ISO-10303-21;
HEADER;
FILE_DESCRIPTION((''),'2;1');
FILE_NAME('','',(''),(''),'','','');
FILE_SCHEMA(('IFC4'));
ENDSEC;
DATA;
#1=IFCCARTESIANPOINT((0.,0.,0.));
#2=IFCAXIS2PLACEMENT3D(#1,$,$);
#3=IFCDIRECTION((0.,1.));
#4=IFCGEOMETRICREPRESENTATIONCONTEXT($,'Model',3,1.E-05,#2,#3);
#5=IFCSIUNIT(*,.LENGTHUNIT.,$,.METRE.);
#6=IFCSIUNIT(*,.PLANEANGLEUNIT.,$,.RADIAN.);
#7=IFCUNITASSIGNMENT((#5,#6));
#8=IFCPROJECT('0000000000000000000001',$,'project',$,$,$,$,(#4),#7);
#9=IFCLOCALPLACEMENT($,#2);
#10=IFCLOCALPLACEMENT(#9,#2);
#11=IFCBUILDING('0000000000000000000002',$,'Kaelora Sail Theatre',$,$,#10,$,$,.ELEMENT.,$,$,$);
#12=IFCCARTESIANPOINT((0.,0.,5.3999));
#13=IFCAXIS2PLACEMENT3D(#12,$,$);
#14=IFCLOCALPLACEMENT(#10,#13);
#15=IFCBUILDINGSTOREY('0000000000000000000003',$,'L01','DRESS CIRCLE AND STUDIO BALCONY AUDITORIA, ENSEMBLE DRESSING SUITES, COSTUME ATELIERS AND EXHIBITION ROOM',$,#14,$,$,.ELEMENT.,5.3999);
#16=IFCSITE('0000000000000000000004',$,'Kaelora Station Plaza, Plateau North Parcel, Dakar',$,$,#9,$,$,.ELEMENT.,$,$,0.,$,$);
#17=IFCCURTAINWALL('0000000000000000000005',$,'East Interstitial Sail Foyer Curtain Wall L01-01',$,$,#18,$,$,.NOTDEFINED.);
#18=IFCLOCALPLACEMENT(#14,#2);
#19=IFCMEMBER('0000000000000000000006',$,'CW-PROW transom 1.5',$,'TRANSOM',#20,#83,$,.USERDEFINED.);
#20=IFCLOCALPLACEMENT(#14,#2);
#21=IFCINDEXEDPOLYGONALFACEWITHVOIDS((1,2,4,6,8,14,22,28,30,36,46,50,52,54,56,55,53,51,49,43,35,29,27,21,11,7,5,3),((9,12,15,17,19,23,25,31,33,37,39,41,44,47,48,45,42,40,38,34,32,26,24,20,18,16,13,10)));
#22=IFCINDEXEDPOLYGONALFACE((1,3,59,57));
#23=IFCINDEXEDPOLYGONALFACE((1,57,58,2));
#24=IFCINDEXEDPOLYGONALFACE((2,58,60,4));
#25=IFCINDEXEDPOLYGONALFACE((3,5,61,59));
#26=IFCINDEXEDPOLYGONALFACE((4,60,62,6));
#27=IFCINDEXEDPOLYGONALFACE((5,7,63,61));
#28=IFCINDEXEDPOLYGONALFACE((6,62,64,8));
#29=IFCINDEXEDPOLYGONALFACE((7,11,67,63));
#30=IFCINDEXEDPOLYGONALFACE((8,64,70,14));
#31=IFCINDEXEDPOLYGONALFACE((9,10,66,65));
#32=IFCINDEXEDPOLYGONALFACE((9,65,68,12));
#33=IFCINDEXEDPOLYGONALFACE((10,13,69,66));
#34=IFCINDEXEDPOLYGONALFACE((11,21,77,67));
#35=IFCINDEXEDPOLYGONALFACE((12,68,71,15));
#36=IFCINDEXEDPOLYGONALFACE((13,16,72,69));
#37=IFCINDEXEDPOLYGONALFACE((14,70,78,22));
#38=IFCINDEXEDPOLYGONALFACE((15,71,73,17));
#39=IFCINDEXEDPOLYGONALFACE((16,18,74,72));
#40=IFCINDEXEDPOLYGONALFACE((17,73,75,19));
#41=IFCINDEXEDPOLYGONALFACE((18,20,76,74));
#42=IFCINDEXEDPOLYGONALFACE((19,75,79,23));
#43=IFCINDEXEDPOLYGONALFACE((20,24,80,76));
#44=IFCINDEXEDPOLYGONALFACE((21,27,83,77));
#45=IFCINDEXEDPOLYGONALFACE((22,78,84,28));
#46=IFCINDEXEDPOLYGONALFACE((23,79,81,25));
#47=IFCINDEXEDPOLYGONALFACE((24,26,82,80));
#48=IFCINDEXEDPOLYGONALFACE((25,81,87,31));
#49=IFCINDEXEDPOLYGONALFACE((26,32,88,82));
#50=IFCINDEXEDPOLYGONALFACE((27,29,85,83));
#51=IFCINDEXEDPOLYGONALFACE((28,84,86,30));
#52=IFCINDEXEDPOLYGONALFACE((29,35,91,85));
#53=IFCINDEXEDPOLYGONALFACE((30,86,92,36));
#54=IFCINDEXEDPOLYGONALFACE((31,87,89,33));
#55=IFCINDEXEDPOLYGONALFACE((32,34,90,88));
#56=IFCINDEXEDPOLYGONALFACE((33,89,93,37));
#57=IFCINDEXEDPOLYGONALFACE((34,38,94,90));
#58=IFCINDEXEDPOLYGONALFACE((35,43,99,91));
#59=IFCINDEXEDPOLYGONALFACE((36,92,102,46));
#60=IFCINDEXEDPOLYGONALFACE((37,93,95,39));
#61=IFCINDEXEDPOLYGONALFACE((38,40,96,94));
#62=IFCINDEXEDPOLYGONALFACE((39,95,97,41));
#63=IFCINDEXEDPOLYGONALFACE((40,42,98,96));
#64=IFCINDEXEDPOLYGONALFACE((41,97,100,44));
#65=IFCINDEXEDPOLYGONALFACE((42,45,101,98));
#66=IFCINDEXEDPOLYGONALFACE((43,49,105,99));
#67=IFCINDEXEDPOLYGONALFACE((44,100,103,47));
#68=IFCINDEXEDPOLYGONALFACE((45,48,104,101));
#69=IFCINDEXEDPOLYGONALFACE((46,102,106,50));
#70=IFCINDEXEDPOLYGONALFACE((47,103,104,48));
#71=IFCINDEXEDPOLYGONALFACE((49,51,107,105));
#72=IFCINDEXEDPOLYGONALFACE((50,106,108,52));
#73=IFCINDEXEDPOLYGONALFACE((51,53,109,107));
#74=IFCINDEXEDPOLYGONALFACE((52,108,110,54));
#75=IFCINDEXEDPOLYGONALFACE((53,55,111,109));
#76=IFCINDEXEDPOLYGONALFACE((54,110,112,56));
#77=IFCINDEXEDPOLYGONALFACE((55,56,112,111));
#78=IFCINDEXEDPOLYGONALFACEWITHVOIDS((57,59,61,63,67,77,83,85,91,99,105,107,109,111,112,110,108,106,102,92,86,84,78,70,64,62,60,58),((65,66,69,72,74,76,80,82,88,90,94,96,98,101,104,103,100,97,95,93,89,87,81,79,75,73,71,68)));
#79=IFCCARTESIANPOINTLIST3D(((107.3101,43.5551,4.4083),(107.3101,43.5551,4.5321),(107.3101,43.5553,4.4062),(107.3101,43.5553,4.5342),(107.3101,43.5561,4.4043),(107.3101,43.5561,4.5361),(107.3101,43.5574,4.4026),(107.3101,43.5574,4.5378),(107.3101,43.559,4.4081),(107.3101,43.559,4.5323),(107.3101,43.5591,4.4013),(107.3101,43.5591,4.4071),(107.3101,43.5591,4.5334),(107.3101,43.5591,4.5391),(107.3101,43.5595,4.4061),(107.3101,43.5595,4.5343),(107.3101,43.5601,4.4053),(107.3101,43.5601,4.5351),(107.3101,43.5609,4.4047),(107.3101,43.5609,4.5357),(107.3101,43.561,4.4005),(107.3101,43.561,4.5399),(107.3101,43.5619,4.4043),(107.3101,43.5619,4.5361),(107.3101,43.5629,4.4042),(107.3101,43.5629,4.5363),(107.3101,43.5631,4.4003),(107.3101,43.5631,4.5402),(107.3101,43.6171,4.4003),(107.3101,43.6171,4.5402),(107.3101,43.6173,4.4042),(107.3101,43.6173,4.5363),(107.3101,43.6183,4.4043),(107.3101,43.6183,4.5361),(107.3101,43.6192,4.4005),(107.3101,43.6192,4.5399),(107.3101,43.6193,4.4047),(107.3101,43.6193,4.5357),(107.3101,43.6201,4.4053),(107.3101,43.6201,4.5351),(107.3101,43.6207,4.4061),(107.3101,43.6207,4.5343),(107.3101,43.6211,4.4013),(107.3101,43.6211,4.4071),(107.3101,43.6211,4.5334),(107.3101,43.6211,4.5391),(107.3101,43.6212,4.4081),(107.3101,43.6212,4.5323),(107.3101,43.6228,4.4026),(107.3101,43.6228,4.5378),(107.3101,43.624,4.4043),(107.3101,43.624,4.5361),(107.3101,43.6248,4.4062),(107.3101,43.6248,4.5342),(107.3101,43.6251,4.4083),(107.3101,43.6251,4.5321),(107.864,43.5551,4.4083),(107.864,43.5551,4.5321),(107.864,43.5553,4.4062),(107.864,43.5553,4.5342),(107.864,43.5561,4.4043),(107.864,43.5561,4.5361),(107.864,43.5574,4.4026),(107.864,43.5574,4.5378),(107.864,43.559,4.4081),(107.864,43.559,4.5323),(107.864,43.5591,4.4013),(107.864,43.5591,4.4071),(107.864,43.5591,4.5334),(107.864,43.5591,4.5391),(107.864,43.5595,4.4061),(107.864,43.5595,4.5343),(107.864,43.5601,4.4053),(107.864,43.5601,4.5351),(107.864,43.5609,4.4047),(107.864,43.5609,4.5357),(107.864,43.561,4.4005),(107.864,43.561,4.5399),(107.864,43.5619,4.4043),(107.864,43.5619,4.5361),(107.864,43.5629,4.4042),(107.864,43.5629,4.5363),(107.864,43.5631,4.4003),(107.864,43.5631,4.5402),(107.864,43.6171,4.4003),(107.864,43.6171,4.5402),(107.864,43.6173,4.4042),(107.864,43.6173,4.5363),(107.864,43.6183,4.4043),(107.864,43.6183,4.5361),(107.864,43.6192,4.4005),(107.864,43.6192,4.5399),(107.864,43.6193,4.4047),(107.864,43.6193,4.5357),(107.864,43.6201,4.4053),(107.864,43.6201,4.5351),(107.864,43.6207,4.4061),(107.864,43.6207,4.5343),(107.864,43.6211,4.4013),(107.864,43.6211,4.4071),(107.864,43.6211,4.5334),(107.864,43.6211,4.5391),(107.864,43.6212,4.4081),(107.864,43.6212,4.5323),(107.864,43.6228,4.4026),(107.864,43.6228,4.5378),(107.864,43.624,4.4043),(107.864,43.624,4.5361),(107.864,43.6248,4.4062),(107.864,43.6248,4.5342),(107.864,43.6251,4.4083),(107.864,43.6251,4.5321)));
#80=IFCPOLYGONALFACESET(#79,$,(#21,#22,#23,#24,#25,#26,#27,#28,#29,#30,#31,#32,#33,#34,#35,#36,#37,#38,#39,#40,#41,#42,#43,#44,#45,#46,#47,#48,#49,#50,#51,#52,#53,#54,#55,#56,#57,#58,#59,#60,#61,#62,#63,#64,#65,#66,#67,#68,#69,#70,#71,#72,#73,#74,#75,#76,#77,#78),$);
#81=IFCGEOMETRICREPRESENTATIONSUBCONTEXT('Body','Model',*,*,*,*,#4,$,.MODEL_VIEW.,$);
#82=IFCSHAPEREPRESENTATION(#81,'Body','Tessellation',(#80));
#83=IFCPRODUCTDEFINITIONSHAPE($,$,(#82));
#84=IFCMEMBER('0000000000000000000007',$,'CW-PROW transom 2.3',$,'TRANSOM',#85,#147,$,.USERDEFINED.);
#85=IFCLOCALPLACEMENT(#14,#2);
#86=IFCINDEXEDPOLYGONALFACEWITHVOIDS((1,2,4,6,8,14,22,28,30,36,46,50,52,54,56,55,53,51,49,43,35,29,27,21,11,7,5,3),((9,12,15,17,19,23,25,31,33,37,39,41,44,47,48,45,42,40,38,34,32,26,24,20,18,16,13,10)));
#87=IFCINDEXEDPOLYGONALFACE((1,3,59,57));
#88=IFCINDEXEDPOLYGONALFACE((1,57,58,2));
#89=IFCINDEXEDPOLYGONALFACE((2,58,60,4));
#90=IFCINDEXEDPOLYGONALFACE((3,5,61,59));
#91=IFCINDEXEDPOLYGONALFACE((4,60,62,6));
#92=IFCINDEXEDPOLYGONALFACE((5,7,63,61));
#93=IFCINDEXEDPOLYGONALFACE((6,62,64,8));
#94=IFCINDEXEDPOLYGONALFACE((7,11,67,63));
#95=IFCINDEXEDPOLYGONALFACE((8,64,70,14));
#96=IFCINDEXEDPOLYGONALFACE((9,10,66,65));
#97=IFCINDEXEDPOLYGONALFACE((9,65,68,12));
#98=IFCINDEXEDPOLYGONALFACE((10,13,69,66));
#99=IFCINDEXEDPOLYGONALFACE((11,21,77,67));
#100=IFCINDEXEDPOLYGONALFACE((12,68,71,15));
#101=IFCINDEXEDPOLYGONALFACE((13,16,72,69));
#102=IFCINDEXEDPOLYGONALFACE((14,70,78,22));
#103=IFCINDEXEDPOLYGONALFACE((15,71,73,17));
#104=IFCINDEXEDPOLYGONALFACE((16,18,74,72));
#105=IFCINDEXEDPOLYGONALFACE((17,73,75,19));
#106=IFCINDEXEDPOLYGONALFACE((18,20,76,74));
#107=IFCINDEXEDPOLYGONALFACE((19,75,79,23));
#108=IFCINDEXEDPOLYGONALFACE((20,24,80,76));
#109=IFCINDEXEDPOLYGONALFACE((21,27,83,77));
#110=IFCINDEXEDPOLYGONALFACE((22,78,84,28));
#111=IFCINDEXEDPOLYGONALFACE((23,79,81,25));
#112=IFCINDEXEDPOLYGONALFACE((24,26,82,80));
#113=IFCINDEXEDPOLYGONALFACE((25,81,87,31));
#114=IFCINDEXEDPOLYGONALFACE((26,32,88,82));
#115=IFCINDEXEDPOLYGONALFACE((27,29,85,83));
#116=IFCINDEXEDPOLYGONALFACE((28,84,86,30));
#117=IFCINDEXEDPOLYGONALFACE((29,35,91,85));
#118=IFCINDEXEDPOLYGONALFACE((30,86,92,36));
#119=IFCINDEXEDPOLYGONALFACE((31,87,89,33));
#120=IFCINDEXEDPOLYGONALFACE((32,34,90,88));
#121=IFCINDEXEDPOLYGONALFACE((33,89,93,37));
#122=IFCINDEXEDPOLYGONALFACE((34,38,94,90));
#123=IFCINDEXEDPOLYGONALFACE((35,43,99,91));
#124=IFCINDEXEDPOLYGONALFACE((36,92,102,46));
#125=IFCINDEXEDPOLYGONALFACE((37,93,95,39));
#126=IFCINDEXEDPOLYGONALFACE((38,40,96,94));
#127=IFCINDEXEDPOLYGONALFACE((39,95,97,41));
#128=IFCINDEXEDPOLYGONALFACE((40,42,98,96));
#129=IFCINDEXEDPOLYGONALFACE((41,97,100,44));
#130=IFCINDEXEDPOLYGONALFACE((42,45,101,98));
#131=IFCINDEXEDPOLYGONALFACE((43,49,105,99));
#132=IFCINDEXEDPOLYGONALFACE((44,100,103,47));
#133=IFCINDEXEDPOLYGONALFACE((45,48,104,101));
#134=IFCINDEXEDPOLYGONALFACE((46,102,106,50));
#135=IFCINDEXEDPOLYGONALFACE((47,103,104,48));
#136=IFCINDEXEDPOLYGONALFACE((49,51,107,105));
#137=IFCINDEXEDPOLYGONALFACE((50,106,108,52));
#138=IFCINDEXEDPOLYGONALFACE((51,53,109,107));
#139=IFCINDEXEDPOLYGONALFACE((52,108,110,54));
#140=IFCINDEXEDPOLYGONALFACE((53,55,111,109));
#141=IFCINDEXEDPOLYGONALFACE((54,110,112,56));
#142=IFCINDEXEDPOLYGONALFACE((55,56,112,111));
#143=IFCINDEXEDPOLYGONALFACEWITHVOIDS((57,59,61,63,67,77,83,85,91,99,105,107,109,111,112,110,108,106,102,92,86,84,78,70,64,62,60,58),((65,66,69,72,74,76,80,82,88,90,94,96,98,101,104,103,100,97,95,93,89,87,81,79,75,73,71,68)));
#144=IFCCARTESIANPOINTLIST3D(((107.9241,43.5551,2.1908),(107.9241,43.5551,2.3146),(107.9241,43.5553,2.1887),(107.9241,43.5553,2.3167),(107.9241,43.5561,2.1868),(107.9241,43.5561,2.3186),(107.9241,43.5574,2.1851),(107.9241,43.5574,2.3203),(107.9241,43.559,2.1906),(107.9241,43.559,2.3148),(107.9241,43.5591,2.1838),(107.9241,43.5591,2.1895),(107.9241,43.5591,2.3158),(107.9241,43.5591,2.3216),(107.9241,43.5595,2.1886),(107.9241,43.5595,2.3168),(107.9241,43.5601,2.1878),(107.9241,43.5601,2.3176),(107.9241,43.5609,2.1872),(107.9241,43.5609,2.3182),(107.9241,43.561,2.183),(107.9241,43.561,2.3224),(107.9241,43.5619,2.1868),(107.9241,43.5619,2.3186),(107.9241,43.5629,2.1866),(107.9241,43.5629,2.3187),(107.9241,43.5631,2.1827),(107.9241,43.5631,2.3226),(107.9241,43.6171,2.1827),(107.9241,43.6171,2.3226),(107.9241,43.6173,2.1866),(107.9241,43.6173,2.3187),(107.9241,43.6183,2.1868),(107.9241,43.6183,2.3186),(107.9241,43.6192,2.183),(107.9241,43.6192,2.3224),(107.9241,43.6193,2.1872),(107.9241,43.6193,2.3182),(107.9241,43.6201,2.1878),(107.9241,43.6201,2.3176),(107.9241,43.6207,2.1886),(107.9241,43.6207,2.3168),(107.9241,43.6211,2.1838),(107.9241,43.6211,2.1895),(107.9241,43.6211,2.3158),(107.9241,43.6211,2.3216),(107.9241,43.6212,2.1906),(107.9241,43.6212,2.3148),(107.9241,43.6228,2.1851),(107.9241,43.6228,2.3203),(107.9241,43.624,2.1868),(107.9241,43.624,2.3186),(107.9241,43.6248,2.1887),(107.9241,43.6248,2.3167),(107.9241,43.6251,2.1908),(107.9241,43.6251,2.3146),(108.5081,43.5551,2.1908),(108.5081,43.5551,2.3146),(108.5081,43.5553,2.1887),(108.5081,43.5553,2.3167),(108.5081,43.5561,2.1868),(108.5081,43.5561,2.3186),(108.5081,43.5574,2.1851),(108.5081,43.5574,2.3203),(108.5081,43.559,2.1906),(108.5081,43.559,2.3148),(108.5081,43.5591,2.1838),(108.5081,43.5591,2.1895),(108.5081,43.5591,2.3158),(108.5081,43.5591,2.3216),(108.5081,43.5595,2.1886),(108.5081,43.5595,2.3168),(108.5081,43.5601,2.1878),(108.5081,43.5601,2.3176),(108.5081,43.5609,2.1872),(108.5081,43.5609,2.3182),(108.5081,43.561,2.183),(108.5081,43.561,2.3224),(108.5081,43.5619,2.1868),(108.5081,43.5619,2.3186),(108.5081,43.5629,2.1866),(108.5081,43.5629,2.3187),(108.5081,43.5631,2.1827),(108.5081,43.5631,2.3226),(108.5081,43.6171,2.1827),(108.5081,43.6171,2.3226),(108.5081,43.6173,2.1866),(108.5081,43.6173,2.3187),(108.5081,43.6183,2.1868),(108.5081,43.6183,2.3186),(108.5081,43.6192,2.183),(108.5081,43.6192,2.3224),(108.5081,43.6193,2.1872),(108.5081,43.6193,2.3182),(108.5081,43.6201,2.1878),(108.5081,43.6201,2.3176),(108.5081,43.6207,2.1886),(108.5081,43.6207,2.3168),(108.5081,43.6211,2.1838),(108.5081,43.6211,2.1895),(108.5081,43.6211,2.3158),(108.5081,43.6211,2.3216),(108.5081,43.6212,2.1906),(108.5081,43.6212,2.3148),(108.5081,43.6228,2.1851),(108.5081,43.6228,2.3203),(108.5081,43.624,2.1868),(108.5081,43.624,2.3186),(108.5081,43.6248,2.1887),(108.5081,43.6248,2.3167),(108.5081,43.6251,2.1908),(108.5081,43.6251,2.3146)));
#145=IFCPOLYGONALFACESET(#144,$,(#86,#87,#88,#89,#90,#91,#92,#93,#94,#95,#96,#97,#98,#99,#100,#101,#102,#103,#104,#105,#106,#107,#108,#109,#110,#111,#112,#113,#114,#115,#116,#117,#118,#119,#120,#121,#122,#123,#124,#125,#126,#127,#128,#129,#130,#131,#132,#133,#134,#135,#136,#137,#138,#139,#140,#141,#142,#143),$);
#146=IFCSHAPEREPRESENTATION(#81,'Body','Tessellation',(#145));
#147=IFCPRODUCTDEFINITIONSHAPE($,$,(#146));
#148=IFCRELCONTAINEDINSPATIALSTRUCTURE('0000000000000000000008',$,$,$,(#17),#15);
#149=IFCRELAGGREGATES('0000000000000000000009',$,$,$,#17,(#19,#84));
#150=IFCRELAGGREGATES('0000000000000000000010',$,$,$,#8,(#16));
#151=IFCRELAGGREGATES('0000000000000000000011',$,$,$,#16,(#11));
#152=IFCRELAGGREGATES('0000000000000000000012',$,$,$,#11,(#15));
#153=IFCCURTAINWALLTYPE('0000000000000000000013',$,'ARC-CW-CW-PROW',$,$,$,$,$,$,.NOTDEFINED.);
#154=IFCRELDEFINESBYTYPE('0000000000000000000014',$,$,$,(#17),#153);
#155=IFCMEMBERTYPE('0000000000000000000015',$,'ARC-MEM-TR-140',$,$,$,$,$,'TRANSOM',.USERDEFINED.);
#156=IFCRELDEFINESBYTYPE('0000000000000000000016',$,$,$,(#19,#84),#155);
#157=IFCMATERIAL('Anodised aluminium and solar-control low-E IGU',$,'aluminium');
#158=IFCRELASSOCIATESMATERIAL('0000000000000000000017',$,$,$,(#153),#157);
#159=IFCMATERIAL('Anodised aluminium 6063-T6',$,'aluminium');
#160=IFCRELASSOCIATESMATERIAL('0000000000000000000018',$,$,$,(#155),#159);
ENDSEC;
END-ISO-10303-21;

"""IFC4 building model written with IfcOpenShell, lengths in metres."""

from ifc_helpers import new_model, si_unit, direction, frame, origin, origin_2d, place, context, subcontext, project, spatial, hollow_rectangle, extrude, material, material_profile, profile_set, type_object, element, aggregate, save


model = new_model("IFC4")

# Units and contexts
model_context = context("Model", 3, precision=1e-05, world=origin(), true_north=direction((0.0, 1.0)))
body_context = subcontext(model_context, "Body", "Model", "MODEL_VIEW")
ifc_project = project(units=[si_unit("LENGTHUNIT", "METRE"), si_unit("PLANEANGLEUNIT", "RADIAN")], contexts=[model_context])

# Site, building, storey
site_placement = place(None, origin())
site = spatial("IfcSite", under=ifc_project, at=site_placement, Name="Kaelora Station Plaza, Plateau North Parcel, Dakar", CompositionType="ELEMENT", RefElevation=0.0)
building_placement = place(site_placement, origin())
building = spatial("IfcBuilding", under=site, at=building_placement, Name="Kaelora Sail Theatre", CompositionType="ELEMENT")
storey_placement = place(building_placement, frame((0.0, 0.0, 5.3999)))
storey = spatial("IfcBuildingStorey", under=building, at=storey_placement, Name="L01", Description="DRESS CIRCLE AND STUDIO BALCONY AUDITORIA, ENSEMBLE DRESSING SUITES, COSTUME ATELIERS AND EXHIBITION ROOM", CompositionType="ELEMENT", Elevation=5.3999)

# Curtain wall, members
ifc_material_1 = material(Name="Anodised aluminium and solar-control low-E IGU", Category="aluminium")
curtain_wall_type = type_object("IfcCurtainWallType", Name="ARC-CW-CW-PROW", PredefinedType="NOTDEFINED", material=ifc_material_1)
curtain_wall_placement = place(storey_placement, origin())
curtain_wall = element("IfcCurtainWall", 1, at=curtain_wall_placement, inside=storey, type_object=curtain_wall_type, Name="East Interstitial Sail Foyer Curtain Wall L01-01", PredefinedType="NOTDEFINED")
ifc_material_2 = material(Name="Anodised aluminium 6063-T6", Category="aluminium")
ifc_material_profile = material_profile(ifc_material_2, hollow_rectangle(XDim=0.0701, YDim=0.1399, WallThickness=0.0039, InnerFilletRadius=0.0039, OuterFilletRadius=0.0081, at=origin_2d()), Name="ALU-TRAN 70x140x4")
ifc_profile_set = profile_set([ifc_material_profile], Name="Anodised aluminium 6063-T6")
member_type = type_object("IfcMemberType", Name="ARC-MEM-TR-140", ElementType="TRANSOM", PredefinedType="USERDEFINED", material=ifc_profile_set)
member_1_placement = place(storey_placement, frame((107.3101, 43.5901, 4.4702), z_axis=(1.0, 0.0, 0.0), x_axis=(0.0, 1.0, 0.0)))
member_1 = element("IfcMember", 2, at=member_1_placement, type_object=member_type, Name="CW-PROW transom 1.5", ObjectType="TRANSOM", PredefinedType="USERDEFINED", context=body_context, shape_type="SweptSolid", body=[
    extrude(hollow_rectangle(XDim=0.0701, YDim=0.1399, WallThickness=0.0039, InnerFilletRadius=0.0039, OuterFilletRadius=0.0081, at=origin_2d()), origin(), (0.0, 0.0, 1.0), 0.554),
])
member_2_placement = place(storey_placement, frame((107.9241, 43.5901, 2.2527), z_axis=(1.0, 0.0, 0.0), x_axis=(0.0, 1.0, 0.0)))
member_2 = element("IfcMember", 3, at=member_2_placement, type_object=member_type, Name="CW-PROW transom 2.3", ObjectType="TRANSOM", PredefinedType="USERDEFINED", context=body_context, shape_type="SweptSolid", body=[
    extrude(hollow_rectangle(XDim=0.0701, YDim=0.1399, WallThickness=0.0039, InnerFilletRadius=0.0039, OuterFilletRadius=0.0081, at=origin_2d()), origin(), (0.0, 0.0, 1.0), 0.584),
])
aggregate(curtain_wall, [member_1, member_2])

save(model, "model.ifc")
